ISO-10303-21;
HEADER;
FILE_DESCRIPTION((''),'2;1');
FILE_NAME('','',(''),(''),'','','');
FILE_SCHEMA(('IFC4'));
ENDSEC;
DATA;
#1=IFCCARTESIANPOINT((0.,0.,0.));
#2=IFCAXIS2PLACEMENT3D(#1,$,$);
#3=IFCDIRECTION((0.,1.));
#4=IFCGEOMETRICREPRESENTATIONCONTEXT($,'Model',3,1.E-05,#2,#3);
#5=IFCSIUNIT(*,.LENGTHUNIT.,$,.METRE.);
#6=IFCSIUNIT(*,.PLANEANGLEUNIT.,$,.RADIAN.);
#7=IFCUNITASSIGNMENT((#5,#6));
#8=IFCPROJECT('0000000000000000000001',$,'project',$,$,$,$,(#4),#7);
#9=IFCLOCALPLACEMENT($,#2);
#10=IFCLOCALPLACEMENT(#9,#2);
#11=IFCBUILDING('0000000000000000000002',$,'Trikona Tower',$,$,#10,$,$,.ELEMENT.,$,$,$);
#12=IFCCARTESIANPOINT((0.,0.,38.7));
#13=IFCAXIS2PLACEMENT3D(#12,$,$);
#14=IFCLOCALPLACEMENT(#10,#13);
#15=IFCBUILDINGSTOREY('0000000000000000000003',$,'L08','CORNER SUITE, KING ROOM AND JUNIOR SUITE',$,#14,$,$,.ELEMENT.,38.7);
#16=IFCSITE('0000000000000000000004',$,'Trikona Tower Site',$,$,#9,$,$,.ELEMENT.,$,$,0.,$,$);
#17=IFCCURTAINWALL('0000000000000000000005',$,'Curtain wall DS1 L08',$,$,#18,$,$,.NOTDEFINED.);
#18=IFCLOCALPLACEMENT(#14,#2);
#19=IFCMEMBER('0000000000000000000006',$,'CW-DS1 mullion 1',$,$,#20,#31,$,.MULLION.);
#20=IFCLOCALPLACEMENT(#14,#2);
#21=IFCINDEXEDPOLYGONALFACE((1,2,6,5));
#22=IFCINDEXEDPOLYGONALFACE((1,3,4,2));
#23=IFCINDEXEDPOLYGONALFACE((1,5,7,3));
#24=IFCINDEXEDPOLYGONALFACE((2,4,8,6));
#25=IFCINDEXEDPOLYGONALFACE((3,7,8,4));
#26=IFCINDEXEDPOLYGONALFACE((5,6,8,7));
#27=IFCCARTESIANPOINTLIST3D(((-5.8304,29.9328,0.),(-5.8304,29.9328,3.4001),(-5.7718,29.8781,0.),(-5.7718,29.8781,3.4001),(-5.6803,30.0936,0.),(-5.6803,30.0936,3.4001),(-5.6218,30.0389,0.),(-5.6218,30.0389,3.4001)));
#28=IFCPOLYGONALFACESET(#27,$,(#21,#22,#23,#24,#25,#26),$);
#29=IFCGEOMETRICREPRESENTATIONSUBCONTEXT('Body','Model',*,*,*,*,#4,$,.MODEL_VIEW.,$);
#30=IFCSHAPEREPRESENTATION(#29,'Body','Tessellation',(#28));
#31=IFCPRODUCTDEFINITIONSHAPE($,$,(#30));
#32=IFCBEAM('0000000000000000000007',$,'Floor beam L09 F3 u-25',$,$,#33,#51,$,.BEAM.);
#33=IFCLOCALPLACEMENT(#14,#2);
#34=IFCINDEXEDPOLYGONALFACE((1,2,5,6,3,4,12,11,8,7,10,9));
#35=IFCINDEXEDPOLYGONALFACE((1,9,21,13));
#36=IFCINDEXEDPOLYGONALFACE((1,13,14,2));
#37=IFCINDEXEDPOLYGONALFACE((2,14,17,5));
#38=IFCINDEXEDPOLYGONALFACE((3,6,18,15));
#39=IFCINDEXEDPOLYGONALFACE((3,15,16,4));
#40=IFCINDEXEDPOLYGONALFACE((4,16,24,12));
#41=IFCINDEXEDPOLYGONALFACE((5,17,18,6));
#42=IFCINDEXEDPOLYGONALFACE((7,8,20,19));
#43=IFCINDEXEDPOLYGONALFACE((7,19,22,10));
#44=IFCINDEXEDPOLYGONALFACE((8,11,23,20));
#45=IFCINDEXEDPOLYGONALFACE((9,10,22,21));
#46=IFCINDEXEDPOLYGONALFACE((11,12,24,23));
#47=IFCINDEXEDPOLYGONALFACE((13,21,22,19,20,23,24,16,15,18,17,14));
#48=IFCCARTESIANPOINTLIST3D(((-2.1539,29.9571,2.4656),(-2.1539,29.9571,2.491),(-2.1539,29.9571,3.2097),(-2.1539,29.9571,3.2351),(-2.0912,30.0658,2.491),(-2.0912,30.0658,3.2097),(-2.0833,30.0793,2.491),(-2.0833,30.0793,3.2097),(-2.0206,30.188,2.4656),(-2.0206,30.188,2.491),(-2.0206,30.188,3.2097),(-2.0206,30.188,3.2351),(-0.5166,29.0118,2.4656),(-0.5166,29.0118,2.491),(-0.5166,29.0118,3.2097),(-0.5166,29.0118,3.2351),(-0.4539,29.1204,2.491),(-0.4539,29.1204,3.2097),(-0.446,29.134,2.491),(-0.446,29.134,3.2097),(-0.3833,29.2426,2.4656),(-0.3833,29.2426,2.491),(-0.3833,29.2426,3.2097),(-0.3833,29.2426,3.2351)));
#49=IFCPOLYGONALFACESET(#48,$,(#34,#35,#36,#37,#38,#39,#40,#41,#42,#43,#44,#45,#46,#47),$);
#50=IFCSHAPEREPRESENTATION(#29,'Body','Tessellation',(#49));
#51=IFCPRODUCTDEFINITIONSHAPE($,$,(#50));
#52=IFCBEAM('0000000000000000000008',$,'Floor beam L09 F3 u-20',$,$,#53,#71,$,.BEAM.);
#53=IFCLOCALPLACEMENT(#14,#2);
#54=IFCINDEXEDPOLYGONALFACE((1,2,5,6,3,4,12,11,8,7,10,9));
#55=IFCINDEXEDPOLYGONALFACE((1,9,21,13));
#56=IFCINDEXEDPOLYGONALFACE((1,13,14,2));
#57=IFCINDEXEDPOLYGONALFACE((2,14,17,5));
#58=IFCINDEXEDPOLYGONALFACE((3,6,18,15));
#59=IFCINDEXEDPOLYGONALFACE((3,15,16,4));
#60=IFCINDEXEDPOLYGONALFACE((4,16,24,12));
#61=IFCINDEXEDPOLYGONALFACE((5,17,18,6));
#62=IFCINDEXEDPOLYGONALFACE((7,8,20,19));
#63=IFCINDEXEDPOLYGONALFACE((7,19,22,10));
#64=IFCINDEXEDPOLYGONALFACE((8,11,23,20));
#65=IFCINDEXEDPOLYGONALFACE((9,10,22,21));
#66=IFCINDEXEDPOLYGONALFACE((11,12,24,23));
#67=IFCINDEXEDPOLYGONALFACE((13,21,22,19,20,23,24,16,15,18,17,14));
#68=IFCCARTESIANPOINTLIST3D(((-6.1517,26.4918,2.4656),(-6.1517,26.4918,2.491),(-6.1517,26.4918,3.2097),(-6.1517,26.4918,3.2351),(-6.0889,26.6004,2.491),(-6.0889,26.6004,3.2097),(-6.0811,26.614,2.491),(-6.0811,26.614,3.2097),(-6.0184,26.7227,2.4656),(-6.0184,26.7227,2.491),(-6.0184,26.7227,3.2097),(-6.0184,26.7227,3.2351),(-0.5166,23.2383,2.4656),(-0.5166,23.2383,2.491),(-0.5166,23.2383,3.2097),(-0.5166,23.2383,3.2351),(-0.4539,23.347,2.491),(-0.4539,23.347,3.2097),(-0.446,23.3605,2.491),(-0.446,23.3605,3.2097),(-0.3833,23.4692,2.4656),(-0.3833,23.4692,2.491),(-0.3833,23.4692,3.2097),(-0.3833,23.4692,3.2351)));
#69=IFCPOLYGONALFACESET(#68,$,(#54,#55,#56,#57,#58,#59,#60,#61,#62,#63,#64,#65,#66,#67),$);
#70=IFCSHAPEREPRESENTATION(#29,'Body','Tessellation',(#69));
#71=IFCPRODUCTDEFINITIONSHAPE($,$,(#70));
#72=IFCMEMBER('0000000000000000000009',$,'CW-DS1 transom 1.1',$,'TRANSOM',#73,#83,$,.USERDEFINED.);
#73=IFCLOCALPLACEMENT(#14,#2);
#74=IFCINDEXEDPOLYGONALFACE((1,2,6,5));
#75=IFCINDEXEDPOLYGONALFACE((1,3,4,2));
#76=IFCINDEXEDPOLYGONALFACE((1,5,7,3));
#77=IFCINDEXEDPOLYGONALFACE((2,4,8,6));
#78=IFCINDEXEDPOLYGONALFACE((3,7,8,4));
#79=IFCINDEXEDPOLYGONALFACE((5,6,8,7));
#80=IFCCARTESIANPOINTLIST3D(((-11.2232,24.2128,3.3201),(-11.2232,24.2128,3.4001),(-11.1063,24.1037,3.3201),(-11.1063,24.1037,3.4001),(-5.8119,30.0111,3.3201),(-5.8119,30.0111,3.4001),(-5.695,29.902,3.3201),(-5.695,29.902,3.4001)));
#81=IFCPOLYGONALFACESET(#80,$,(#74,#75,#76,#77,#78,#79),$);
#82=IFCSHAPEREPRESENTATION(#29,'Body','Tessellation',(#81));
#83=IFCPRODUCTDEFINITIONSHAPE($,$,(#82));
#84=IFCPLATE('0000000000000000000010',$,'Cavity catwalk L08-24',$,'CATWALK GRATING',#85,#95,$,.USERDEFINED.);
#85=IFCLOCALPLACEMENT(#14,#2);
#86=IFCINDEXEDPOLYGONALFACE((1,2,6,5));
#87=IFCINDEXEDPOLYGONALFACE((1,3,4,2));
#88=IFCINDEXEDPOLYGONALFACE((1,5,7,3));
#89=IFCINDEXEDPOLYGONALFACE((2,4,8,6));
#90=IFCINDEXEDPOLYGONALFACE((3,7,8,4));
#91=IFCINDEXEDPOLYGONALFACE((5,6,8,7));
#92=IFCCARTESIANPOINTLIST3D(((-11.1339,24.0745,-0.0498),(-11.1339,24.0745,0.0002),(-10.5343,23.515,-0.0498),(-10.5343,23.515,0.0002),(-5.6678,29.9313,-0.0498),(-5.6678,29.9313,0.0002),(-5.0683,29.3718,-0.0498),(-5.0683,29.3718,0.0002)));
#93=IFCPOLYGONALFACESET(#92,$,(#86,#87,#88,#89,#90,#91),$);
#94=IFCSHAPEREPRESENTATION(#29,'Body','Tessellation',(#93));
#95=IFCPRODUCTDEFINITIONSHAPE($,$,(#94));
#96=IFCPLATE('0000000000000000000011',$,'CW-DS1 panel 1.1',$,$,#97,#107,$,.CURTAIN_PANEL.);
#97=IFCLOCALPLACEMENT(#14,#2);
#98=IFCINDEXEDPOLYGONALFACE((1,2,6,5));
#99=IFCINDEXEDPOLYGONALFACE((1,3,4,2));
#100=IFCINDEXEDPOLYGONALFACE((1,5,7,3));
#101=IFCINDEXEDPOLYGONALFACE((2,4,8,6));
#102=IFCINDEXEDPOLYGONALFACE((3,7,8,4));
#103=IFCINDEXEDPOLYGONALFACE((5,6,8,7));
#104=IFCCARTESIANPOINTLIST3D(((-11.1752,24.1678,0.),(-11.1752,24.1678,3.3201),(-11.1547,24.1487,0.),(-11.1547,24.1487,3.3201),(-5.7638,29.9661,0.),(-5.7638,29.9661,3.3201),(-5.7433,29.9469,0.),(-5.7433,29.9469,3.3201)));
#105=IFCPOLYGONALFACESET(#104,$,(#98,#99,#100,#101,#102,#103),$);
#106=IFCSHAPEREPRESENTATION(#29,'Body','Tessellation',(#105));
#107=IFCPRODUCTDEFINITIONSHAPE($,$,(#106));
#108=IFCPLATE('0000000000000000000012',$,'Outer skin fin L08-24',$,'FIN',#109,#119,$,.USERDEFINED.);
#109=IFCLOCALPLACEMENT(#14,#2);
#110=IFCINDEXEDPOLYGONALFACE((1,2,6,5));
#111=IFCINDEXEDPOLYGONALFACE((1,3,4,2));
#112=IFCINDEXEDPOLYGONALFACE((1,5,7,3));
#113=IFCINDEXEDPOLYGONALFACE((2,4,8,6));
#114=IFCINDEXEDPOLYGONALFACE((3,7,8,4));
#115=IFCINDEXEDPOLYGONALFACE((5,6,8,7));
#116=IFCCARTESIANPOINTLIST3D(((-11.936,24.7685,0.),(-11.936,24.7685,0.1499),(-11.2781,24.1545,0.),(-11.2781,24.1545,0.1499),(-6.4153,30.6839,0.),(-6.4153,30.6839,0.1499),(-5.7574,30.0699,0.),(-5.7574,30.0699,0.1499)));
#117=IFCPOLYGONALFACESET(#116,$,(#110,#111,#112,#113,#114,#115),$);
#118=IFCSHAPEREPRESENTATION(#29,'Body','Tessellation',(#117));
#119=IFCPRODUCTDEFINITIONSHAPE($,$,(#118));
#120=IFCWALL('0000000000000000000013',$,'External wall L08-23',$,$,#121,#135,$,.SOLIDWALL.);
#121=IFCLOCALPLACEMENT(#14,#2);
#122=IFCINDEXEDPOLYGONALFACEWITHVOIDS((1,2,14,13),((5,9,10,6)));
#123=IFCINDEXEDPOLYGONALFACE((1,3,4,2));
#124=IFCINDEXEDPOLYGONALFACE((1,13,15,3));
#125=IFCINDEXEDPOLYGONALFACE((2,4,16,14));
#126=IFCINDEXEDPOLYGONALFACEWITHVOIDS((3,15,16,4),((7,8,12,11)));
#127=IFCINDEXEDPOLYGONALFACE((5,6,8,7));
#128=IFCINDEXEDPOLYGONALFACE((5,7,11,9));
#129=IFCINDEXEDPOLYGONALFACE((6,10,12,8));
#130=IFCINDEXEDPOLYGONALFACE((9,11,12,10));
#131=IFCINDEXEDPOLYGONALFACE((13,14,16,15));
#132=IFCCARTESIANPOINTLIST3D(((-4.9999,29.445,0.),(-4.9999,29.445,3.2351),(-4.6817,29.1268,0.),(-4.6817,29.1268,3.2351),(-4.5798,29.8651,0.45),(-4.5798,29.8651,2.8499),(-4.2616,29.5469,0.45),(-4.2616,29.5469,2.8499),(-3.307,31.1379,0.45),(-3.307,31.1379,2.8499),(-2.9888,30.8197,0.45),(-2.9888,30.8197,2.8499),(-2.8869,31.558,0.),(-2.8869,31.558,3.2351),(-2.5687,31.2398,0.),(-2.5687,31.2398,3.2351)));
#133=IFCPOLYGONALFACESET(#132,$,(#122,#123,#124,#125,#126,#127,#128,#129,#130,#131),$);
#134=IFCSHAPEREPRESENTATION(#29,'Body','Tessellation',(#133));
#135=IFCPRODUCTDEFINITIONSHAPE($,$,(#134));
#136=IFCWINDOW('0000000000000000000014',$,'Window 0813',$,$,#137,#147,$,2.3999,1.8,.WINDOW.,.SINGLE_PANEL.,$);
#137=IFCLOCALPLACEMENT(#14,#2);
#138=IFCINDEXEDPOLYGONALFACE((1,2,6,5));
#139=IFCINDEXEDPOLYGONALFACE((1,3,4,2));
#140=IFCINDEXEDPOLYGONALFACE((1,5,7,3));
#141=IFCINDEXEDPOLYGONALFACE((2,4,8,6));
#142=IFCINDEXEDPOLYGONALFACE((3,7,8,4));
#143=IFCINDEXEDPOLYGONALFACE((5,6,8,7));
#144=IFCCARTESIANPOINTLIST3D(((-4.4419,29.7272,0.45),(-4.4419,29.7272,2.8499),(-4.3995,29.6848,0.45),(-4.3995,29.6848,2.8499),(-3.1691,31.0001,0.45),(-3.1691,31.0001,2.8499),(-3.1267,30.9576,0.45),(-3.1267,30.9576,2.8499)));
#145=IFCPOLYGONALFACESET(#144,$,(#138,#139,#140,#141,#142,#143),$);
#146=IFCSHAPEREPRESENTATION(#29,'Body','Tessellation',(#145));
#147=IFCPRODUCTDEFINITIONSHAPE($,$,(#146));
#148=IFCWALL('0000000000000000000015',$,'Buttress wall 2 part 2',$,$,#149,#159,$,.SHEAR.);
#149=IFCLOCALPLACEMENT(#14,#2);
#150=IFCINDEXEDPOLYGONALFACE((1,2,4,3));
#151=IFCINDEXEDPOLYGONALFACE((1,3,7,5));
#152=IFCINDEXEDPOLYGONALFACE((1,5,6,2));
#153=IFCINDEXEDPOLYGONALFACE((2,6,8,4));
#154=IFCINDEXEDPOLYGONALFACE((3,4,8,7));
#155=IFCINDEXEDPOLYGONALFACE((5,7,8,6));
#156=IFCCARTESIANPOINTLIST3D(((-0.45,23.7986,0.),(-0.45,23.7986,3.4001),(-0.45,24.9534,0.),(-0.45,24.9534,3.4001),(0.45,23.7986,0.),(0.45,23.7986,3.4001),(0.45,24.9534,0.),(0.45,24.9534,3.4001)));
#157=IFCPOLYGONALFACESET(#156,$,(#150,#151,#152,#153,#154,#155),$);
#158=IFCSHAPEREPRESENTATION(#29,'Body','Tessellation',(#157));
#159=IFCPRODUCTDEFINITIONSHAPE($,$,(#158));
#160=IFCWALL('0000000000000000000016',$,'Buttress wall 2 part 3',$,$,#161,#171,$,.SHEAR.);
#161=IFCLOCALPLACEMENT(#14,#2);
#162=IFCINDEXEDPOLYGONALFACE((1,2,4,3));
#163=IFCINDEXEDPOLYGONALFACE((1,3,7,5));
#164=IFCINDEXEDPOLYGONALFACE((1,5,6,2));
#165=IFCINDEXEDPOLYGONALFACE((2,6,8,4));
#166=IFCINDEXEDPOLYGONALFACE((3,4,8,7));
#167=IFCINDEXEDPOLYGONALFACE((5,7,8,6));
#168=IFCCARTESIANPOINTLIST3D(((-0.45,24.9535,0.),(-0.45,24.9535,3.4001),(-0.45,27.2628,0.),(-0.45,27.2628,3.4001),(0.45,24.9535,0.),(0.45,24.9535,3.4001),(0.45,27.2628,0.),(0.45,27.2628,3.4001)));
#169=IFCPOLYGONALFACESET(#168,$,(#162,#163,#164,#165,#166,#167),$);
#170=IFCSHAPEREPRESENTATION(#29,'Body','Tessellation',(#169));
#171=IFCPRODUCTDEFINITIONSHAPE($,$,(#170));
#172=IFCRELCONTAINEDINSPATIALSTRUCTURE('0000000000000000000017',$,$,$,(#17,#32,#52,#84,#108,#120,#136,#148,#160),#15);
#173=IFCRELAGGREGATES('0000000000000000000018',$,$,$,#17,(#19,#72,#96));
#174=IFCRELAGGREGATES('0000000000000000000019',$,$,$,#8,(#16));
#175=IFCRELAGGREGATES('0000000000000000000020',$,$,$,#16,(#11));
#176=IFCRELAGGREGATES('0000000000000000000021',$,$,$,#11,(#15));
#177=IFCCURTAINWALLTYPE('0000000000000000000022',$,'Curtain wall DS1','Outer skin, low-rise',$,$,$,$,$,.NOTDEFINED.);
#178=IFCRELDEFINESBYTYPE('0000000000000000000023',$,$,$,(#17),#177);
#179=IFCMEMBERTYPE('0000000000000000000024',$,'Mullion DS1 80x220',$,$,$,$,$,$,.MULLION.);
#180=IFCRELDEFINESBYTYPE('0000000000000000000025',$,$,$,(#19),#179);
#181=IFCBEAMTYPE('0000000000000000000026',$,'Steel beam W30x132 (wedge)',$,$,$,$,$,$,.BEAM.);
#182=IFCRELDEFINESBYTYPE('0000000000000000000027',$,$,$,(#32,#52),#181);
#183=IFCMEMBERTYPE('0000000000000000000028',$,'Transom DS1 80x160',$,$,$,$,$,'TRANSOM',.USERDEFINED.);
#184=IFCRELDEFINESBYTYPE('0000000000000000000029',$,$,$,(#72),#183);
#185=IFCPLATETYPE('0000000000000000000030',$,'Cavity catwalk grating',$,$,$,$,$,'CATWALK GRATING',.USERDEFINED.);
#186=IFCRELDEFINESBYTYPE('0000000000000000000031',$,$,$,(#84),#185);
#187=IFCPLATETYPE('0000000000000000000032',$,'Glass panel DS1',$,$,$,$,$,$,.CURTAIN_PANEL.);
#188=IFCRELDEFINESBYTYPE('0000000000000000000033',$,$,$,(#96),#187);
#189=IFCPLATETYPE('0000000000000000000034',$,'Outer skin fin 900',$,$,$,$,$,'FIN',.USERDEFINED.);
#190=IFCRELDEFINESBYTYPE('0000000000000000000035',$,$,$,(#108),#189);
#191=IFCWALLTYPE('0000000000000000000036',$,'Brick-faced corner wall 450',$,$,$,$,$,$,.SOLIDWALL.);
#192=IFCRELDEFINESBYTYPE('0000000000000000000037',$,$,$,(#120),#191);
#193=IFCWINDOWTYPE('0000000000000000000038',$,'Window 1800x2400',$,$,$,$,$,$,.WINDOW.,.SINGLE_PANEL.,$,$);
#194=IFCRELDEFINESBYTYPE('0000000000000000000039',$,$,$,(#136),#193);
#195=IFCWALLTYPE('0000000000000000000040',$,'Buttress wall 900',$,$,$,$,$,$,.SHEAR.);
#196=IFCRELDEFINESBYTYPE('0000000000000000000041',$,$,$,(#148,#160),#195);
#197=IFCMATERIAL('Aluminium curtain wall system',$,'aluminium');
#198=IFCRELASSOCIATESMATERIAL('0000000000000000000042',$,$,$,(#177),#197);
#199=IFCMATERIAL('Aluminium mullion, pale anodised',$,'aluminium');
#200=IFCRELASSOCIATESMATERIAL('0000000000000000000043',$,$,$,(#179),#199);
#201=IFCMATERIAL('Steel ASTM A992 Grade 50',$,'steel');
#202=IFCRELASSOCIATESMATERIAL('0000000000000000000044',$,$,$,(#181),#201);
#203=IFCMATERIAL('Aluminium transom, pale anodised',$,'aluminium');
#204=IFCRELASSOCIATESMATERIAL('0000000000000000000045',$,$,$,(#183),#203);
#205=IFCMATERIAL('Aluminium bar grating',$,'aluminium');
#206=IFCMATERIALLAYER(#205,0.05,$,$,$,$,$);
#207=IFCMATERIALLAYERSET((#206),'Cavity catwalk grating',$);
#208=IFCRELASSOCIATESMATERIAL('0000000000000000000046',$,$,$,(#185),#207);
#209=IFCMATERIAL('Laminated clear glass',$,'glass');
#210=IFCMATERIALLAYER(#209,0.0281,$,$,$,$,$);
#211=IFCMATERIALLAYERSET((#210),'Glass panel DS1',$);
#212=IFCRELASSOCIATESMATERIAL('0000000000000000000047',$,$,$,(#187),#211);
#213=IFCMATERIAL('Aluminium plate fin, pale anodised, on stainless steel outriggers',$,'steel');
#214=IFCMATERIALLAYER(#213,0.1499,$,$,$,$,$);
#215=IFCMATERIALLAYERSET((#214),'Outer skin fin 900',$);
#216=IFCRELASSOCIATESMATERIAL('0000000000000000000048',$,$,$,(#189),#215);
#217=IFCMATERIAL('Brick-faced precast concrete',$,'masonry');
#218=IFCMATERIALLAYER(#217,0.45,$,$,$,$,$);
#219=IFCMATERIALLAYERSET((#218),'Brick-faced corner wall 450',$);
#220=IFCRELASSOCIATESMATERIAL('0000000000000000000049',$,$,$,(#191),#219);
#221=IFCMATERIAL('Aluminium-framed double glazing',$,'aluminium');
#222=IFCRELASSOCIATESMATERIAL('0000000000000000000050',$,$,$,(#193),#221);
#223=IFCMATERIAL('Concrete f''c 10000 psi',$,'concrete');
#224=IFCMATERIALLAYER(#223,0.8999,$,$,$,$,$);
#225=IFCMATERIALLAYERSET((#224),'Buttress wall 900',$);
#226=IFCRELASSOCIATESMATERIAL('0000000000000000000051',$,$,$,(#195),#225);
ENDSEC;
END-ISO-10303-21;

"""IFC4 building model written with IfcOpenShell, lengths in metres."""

from ifc_helpers import new_model, si_unit, direction, frame, frame_2d, origin, origin_2d, place, context, subcontext, project, spatial, rectangle, i_section, extrude, material, layer, layer_set, material_profile, profile_set, type_object, element, fill, aggregate, save


model = new_model("IFC4")

# Units and contexts
model_context = context("Model", 3, precision=1e-05, world=origin(), true_north=direction((0.0, 1.0)))
body_context = subcontext(model_context, "Body", "Model", "MODEL_VIEW")
ifc_project = project(units=[si_unit("LENGTHUNIT", "METRE"), si_unit("PLANEANGLEUNIT", "RADIAN")], contexts=[model_context])

# Site, building, storey
site_placement = place(None, origin())
site = spatial("IfcSite", under=ifc_project, at=site_placement, Name="Trikona Tower Site", CompositionType="ELEMENT", RefElevation=0.0)
building_placement = place(site_placement, origin())
building = spatial("IfcBuilding", under=site, at=building_placement, Name="Trikona Tower", CompositionType="ELEMENT")
storey_placement = place(building_placement, frame((0.0, 0.0, 38.7)))
storey = spatial("IfcBuildingStorey", under=building, at=storey_placement, Name="L08", Description="CORNER SUITE, KING ROOM AND JUNIOR SUITE", CompositionType="ELEMENT", Elevation=38.7)

# Curtain wall, member
ifc_material_1 = material(Name="Aluminium curtain wall system", Category="aluminium")
curtain_wall_type = type_object("IfcCurtainWallType", Name="Curtain wall DS1", Description="Outer skin, low-rise", PredefinedType="NOTDEFINED", material=ifc_material_1)
curtain_wall_placement = place(storey_placement, origin())
curtain_wall = element("IfcCurtainWall", 1, at=curtain_wall_placement, inside=storey, type_object=curtain_wall_type, Name="Curtain wall DS1 L08", PredefinedType="NOTDEFINED")
ifc_material_2 = material(Name="Aluminium mullion, pale anodised", Category="aluminium")
ifc_material_profile_1 = material_profile(ifc_material_2, rectangle(XDim=0.0801, YDim=0.22, at=origin_2d()), Name="MUL-DS1")
ifc_profile_set_1 = profile_set([ifc_material_profile_1], Name="Aluminium mullion, pale anodised")
member_type_1 = type_object("IfcMemberType", Name="Mullion DS1 80x220", PredefinedType="MULLION", material=ifc_profile_set_1)
member_1_placement = place(storey_placement, frame((-5.7261, 29.9858, 0.0), z_axis=(0.0, 0.0, 1.0), x_axis=(0.731077, -0.682295, 0.0)))
member_1 = element("IfcMember", 2, at=member_1_placement, type_object=member_type_1, Name="CW-DS1 mullion 1", PredefinedType="MULLION", context=body_context, shape_type="SweptSolid", body=[
    extrude(rectangle(XDim=0.0801, YDim=0.22, at=origin_2d()), origin(), (0.0, 0.0, 1.0), 3.4001),
])

# Beams
ifc_material_3 = material(Name="Steel ASTM A992 Grade 50", Category="steel")
ifc_material_profile_2 = material_profile(ifc_material_3, i_section(OverallWidth=0.2666, OverallDepth=0.7695, WebThickness=0.0156, FlangeThickness=0.0254, at=origin_2d()), Name="W30X132")
ifc_profile_set_2 = profile_set([ifc_material_profile_2], Name="Steel ASTM A992 Grade 50")
beam_type = type_object("IfcBeamType", Name="Steel beam W30x132 (wedge)", PredefinedType="BEAM", material=ifc_profile_set_2)
beam_1_placement = place(storey_placement, frame((-0.45, 29.1272, 2.8503), z_axis=(-0.866009, 0.500028, 0.0), x_axis=(-0.500028, -0.866009, 0.0)))
element("IfcBeam", 3, at=beam_1_placement, inside=storey, type_object=beam_type, Name="Floor beam L09 F3 u-25", PredefinedType="BEAM", context=body_context, shape_type="SweptSolid", body=[
    extrude(i_section(OverallWidth=0.2666, OverallDepth=0.7695, WebThickness=0.0156, FlangeThickness=0.0254, at=origin_2d()), origin(), (0.0, 0.0, 1.0), 1.8906),
])
beam_2_placement = place(storey_placement, frame((-0.45, 23.3538, 2.8503), z_axis=(-0.866023, 0.500005, 0.0), x_axis=(-0.500005, -0.866023, 0.0)))
element("IfcBeam", 4, at=beam_2_placement, inside=storey, type_object=beam_type, Name="Floor beam L09 F3 u-20", PredefinedType="BEAM", context=body_context, shape_type="SweptSolid", body=[
    extrude(i_section(OverallWidth=0.2666, OverallDepth=0.7695, WebThickness=0.0156, FlangeThickness=0.0254, at=origin_2d()), origin(), (0.0, 0.0, 1.0), 6.5068),
])

# Member
ifc_material_4 = material(Name="Aluminium transom, pale anodised", Category="aluminium")
ifc_material_profile_3 = material_profile(ifc_material_4, rectangle(XDim=0.1599, YDim=0.0801, at=origin_2d()), Name="TRN-DS1")
ifc_profile_set_3 = profile_set([ifc_material_profile_3], Name="Aluminium transom, pale anodised")
member_type_2 = type_object("IfcMemberType", Name="Transom DS1 80x160", ElementType="TRANSOM", PredefinedType="USERDEFINED", material=ifc_profile_set_3)
member_2_placement = place(storey_placement, frame((-5.7534, 29.9565, 3.3601), z_axis=(-0.682291, -0.731081, 0.0), x_axis=(0.731081, -0.682291, 0.0)))
member_2 = element("IfcMember", 5, at=member_2_placement, type_object=member_type_2, Name="CW-DS1 transom 1.1", ObjectType="TRANSOM", PredefinedType="USERDEFINED", context=body_context, shape_type="SweptSolid", body=[
    extrude(rectangle(XDim=0.1599, YDim=0.0801, at=origin_2d()), origin(), (0.0, 0.0, 1.0), 7.9312),
])

# Plates
ifc_material_5 = material(Name="Aluminium bar grating", Category="aluminium")
ifc_layer_1 = layer(ifc_material_5, 0.05)
ifc_layer_set_1 = layer_set([ifc_layer_1], Name="Cavity catwalk grating")
plate_type_1 = type_object("IfcPlateType", Name="Cavity catwalk grating", ElementType="CATWALK GRATING", PredefinedType="USERDEFINED", material=ifc_layer_set_1)
plate_1_placement = place(storey_placement, frame((-8.1011, 26.7231, -0.0498), z_axis=(0.0, 0.0, 1.0), x_axis=(-0.682298, -0.731074, 0.0)))
element("IfcPlate", 6, at=plate_1_placement, inside=storey, type_object=plate_type_1, Name="Cavity catwalk L08-24", ObjectType="CATWALK GRATING", PredefinedType="USERDEFINED", context=body_context, shape_type="SweptSolid", body=[
    extrude(rectangle(XDim=8.0112, YDim=0.8201, at=origin_2d()), origin(), (0.0, 0.0, 1.0), 0.05),
])
ifc_material_6 = material(Name="Laminated clear glass", Category="glass")
ifc_layer_2 = layer(ifc_material_6, 0.0281)
ifc_layer_set_2 = layer_set([ifc_layer_2], Name="Glass panel DS1")
plate_type_2 = type_object("IfcPlateType", Name="Glass panel DS1", PredefinedType="CURTAIN_PANEL", material=ifc_layer_set_2)
plate_2_placement = place(storey_placement, frame((-8.4592, 27.0574, 0.0), z_axis=(0.0, 0.0, 1.0), x_axis=(-0.682295, -0.731077, 0.0)))
plate_2 = element("IfcPlate", 7, at=plate_2_placement, type_object=plate_type_2, Name="CW-DS1 panel 1.1", PredefinedType="CURTAIN_PANEL", context=body_context, shape_type="SweptSolid", body=[
    extrude(rectangle(XDim=7.9312, YDim=0.0281, at=origin_2d()), origin(), (0.0, 0.0, 1.0), 3.3201),
])
aggregate(curtain_wall, [member_1, member_2, plate_2])
ifc_material_7 = material(Name="Aluminium plate fin, pale anodised, on stainless steel outriggers", Category="steel")
ifc_layer_3 = layer(ifc_material_7, 0.1499)
ifc_layer_set_3 = layer_set([ifc_layer_3], Name="Outer skin fin 900")
plate_type_3 = type_object("IfcPlateType", Name="Outer skin fin 900", ElementType="FIN", PredefinedType="USERDEFINED", material=ifc_layer_set_3)
plate_3_placement = place(storey_placement, frame((-8.8467, 27.4192, 0.0), z_axis=(0.0, 0.0, 1.0), x_axis=(-0.682298, -0.731074, 0.0)))
element("IfcPlate", 8, at=plate_3_placement, inside=storey, type_object=plate_type_3, Name="Outer skin fin L08-24", ObjectType="FIN", PredefinedType="USERDEFINED", context=body_context, shape_type="SweptSolid", body=[
    extrude(rectangle(XDim=8.0913, YDim=0.8999, at=origin_2d()), origin(), (0.0, 0.0, 1.0), 0.1499),
])

# Wall, opening, window
ifc_material_8 = material(Name="Brick-faced precast concrete", Category="masonry")
ifc_layer_4 = layer(ifc_material_8, 0.45)
ifc_layer_set_4 = layer_set([ifc_layer_4], Name="Brick-faced corner wall 450")
wall_type_1 = type_object("IfcWallType", Name="Brick-faced corner wall 450", PredefinedType="SOLIDWALL", material=ifc_layer_set_4)
wall_1_placement = place(storey_placement, frame((-2.7278, 31.3989, 0.0), z_axis=(0.0, 0.0, 1.0), x_axis=(-0.707107, -0.707107, 0.0)))
wall_1 = element("IfcWall", 9, at=wall_1_placement, inside=storey, type_object=wall_type_1, Name="External wall L08-23", PredefinedType="SOLIDWALL", context=body_context, shape_type="SweptSolid", body=[
    extrude(rectangle(XDim=2.9883, YDim=0.45, at=frame_2d((1.4941, 0.0))), origin(), (0.0, 0.0, 1.0), 3.2351),
])
opening_1_placement = place(wall_1_placement, frame((0.5942, 0.0, 0.45)))
opening_1 = element("IfcOpeningElement", 10, at=opening_1_placement, cuts=wall_1, PredefinedType="OPENING", context=body_context, shape_type="SweptSolid", body=[
    extrude(rectangle(XDim=1.8, YDim=2.3999, at=frame_2d((0.8999, 1.2))), frame((0.0, 0.2349, 0.0), z_axis=(0.0, -1.0, 0.0), x_axis=(1.0, 0.0, 0.0)), (0.0, 0.0, 1.0), 0.47),
])
ifc_material_9 = material(Name="Aluminium-framed double glazing", Category="aluminium")
window_type_1 = type_object("IfcWindowType", Name="Window 1800x2400", PartitioningType="SINGLE_PANEL", PredefinedType="WINDOW", material=ifc_material_9)
window_1_placement = place(opening_1_placement, origin())
window_1 = element("IfcWindow", 11, at=window_1_placement, inside=storey, type_object=window_type_1, Name="Window 0813", OverallHeight=2.3999, OverallWidth=1.8, PartitioningType="SINGLE_PANEL", PredefinedType="WINDOW", context=body_context, shape_type="SweptSolid", body=[
    extrude(rectangle(XDim=1.8, YDim=2.3999, at=frame_2d((0.8999, 1.2))), frame((0.0, 0.03, 0.0), z_axis=(0.0, -1.0, 0.0), x_axis=(1.0, 0.0, 0.0)), (0.0, 0.0, 1.0), 0.0601),
])
fill(opening_1, window_1)

# Walls
ifc_material_10 = material(Name="Concrete f'c 10000 psi", Category="concrete")
ifc_layer_5 = layer(ifc_material_10, 0.8999)
ifc_layer_set_5 = layer_set([ifc_layer_5], Name="Buttress wall 900")
wall_type_2 = type_object("IfcWallType", Name="Buttress wall 900", PredefinedType="SHEAR", material=ifc_layer_set_5)
wall_2_placement = place(storey_placement, frame((0.0, 23.7986, 0.0), z_axis=(0.0, 0.0, 1.0), x_axis=(0.0, 1.0, 0.0)))
element("IfcWall", 12, at=wall_2_placement, inside=storey, type_object=wall_type_2, Name="Buttress wall 2 part 2", PredefinedType="SHEAR", context=body_context, shape_type="SweptSolid", body=[
    extrude(rectangle(XDim=1.1548, YDim=0.8999, at=frame_2d((0.5774, 0.0))), origin(), (0.0, 0.0, 1.0), 3.4001),
])
wall_3_placement = place(storey_placement, frame((0.0, 24.9534, 0.0), z_axis=(0.0, 0.0, 1.0), x_axis=(0.0, 1.0, 0.0)))
element("IfcWall", 13, at=wall_3_placement, inside=storey, type_object=wall_type_2, Name="Buttress wall 2 part 3", PredefinedType="SHEAR", context=body_context, shape_type="SweptSolid", body=[
    extrude(rectangle(XDim=2.3093, YDim=0.8999, at=frame_2d((1.1548, 0.0))), origin(), (0.0, 0.0, 1.0), 3.4001),
])

save(model, "model.ifc")
